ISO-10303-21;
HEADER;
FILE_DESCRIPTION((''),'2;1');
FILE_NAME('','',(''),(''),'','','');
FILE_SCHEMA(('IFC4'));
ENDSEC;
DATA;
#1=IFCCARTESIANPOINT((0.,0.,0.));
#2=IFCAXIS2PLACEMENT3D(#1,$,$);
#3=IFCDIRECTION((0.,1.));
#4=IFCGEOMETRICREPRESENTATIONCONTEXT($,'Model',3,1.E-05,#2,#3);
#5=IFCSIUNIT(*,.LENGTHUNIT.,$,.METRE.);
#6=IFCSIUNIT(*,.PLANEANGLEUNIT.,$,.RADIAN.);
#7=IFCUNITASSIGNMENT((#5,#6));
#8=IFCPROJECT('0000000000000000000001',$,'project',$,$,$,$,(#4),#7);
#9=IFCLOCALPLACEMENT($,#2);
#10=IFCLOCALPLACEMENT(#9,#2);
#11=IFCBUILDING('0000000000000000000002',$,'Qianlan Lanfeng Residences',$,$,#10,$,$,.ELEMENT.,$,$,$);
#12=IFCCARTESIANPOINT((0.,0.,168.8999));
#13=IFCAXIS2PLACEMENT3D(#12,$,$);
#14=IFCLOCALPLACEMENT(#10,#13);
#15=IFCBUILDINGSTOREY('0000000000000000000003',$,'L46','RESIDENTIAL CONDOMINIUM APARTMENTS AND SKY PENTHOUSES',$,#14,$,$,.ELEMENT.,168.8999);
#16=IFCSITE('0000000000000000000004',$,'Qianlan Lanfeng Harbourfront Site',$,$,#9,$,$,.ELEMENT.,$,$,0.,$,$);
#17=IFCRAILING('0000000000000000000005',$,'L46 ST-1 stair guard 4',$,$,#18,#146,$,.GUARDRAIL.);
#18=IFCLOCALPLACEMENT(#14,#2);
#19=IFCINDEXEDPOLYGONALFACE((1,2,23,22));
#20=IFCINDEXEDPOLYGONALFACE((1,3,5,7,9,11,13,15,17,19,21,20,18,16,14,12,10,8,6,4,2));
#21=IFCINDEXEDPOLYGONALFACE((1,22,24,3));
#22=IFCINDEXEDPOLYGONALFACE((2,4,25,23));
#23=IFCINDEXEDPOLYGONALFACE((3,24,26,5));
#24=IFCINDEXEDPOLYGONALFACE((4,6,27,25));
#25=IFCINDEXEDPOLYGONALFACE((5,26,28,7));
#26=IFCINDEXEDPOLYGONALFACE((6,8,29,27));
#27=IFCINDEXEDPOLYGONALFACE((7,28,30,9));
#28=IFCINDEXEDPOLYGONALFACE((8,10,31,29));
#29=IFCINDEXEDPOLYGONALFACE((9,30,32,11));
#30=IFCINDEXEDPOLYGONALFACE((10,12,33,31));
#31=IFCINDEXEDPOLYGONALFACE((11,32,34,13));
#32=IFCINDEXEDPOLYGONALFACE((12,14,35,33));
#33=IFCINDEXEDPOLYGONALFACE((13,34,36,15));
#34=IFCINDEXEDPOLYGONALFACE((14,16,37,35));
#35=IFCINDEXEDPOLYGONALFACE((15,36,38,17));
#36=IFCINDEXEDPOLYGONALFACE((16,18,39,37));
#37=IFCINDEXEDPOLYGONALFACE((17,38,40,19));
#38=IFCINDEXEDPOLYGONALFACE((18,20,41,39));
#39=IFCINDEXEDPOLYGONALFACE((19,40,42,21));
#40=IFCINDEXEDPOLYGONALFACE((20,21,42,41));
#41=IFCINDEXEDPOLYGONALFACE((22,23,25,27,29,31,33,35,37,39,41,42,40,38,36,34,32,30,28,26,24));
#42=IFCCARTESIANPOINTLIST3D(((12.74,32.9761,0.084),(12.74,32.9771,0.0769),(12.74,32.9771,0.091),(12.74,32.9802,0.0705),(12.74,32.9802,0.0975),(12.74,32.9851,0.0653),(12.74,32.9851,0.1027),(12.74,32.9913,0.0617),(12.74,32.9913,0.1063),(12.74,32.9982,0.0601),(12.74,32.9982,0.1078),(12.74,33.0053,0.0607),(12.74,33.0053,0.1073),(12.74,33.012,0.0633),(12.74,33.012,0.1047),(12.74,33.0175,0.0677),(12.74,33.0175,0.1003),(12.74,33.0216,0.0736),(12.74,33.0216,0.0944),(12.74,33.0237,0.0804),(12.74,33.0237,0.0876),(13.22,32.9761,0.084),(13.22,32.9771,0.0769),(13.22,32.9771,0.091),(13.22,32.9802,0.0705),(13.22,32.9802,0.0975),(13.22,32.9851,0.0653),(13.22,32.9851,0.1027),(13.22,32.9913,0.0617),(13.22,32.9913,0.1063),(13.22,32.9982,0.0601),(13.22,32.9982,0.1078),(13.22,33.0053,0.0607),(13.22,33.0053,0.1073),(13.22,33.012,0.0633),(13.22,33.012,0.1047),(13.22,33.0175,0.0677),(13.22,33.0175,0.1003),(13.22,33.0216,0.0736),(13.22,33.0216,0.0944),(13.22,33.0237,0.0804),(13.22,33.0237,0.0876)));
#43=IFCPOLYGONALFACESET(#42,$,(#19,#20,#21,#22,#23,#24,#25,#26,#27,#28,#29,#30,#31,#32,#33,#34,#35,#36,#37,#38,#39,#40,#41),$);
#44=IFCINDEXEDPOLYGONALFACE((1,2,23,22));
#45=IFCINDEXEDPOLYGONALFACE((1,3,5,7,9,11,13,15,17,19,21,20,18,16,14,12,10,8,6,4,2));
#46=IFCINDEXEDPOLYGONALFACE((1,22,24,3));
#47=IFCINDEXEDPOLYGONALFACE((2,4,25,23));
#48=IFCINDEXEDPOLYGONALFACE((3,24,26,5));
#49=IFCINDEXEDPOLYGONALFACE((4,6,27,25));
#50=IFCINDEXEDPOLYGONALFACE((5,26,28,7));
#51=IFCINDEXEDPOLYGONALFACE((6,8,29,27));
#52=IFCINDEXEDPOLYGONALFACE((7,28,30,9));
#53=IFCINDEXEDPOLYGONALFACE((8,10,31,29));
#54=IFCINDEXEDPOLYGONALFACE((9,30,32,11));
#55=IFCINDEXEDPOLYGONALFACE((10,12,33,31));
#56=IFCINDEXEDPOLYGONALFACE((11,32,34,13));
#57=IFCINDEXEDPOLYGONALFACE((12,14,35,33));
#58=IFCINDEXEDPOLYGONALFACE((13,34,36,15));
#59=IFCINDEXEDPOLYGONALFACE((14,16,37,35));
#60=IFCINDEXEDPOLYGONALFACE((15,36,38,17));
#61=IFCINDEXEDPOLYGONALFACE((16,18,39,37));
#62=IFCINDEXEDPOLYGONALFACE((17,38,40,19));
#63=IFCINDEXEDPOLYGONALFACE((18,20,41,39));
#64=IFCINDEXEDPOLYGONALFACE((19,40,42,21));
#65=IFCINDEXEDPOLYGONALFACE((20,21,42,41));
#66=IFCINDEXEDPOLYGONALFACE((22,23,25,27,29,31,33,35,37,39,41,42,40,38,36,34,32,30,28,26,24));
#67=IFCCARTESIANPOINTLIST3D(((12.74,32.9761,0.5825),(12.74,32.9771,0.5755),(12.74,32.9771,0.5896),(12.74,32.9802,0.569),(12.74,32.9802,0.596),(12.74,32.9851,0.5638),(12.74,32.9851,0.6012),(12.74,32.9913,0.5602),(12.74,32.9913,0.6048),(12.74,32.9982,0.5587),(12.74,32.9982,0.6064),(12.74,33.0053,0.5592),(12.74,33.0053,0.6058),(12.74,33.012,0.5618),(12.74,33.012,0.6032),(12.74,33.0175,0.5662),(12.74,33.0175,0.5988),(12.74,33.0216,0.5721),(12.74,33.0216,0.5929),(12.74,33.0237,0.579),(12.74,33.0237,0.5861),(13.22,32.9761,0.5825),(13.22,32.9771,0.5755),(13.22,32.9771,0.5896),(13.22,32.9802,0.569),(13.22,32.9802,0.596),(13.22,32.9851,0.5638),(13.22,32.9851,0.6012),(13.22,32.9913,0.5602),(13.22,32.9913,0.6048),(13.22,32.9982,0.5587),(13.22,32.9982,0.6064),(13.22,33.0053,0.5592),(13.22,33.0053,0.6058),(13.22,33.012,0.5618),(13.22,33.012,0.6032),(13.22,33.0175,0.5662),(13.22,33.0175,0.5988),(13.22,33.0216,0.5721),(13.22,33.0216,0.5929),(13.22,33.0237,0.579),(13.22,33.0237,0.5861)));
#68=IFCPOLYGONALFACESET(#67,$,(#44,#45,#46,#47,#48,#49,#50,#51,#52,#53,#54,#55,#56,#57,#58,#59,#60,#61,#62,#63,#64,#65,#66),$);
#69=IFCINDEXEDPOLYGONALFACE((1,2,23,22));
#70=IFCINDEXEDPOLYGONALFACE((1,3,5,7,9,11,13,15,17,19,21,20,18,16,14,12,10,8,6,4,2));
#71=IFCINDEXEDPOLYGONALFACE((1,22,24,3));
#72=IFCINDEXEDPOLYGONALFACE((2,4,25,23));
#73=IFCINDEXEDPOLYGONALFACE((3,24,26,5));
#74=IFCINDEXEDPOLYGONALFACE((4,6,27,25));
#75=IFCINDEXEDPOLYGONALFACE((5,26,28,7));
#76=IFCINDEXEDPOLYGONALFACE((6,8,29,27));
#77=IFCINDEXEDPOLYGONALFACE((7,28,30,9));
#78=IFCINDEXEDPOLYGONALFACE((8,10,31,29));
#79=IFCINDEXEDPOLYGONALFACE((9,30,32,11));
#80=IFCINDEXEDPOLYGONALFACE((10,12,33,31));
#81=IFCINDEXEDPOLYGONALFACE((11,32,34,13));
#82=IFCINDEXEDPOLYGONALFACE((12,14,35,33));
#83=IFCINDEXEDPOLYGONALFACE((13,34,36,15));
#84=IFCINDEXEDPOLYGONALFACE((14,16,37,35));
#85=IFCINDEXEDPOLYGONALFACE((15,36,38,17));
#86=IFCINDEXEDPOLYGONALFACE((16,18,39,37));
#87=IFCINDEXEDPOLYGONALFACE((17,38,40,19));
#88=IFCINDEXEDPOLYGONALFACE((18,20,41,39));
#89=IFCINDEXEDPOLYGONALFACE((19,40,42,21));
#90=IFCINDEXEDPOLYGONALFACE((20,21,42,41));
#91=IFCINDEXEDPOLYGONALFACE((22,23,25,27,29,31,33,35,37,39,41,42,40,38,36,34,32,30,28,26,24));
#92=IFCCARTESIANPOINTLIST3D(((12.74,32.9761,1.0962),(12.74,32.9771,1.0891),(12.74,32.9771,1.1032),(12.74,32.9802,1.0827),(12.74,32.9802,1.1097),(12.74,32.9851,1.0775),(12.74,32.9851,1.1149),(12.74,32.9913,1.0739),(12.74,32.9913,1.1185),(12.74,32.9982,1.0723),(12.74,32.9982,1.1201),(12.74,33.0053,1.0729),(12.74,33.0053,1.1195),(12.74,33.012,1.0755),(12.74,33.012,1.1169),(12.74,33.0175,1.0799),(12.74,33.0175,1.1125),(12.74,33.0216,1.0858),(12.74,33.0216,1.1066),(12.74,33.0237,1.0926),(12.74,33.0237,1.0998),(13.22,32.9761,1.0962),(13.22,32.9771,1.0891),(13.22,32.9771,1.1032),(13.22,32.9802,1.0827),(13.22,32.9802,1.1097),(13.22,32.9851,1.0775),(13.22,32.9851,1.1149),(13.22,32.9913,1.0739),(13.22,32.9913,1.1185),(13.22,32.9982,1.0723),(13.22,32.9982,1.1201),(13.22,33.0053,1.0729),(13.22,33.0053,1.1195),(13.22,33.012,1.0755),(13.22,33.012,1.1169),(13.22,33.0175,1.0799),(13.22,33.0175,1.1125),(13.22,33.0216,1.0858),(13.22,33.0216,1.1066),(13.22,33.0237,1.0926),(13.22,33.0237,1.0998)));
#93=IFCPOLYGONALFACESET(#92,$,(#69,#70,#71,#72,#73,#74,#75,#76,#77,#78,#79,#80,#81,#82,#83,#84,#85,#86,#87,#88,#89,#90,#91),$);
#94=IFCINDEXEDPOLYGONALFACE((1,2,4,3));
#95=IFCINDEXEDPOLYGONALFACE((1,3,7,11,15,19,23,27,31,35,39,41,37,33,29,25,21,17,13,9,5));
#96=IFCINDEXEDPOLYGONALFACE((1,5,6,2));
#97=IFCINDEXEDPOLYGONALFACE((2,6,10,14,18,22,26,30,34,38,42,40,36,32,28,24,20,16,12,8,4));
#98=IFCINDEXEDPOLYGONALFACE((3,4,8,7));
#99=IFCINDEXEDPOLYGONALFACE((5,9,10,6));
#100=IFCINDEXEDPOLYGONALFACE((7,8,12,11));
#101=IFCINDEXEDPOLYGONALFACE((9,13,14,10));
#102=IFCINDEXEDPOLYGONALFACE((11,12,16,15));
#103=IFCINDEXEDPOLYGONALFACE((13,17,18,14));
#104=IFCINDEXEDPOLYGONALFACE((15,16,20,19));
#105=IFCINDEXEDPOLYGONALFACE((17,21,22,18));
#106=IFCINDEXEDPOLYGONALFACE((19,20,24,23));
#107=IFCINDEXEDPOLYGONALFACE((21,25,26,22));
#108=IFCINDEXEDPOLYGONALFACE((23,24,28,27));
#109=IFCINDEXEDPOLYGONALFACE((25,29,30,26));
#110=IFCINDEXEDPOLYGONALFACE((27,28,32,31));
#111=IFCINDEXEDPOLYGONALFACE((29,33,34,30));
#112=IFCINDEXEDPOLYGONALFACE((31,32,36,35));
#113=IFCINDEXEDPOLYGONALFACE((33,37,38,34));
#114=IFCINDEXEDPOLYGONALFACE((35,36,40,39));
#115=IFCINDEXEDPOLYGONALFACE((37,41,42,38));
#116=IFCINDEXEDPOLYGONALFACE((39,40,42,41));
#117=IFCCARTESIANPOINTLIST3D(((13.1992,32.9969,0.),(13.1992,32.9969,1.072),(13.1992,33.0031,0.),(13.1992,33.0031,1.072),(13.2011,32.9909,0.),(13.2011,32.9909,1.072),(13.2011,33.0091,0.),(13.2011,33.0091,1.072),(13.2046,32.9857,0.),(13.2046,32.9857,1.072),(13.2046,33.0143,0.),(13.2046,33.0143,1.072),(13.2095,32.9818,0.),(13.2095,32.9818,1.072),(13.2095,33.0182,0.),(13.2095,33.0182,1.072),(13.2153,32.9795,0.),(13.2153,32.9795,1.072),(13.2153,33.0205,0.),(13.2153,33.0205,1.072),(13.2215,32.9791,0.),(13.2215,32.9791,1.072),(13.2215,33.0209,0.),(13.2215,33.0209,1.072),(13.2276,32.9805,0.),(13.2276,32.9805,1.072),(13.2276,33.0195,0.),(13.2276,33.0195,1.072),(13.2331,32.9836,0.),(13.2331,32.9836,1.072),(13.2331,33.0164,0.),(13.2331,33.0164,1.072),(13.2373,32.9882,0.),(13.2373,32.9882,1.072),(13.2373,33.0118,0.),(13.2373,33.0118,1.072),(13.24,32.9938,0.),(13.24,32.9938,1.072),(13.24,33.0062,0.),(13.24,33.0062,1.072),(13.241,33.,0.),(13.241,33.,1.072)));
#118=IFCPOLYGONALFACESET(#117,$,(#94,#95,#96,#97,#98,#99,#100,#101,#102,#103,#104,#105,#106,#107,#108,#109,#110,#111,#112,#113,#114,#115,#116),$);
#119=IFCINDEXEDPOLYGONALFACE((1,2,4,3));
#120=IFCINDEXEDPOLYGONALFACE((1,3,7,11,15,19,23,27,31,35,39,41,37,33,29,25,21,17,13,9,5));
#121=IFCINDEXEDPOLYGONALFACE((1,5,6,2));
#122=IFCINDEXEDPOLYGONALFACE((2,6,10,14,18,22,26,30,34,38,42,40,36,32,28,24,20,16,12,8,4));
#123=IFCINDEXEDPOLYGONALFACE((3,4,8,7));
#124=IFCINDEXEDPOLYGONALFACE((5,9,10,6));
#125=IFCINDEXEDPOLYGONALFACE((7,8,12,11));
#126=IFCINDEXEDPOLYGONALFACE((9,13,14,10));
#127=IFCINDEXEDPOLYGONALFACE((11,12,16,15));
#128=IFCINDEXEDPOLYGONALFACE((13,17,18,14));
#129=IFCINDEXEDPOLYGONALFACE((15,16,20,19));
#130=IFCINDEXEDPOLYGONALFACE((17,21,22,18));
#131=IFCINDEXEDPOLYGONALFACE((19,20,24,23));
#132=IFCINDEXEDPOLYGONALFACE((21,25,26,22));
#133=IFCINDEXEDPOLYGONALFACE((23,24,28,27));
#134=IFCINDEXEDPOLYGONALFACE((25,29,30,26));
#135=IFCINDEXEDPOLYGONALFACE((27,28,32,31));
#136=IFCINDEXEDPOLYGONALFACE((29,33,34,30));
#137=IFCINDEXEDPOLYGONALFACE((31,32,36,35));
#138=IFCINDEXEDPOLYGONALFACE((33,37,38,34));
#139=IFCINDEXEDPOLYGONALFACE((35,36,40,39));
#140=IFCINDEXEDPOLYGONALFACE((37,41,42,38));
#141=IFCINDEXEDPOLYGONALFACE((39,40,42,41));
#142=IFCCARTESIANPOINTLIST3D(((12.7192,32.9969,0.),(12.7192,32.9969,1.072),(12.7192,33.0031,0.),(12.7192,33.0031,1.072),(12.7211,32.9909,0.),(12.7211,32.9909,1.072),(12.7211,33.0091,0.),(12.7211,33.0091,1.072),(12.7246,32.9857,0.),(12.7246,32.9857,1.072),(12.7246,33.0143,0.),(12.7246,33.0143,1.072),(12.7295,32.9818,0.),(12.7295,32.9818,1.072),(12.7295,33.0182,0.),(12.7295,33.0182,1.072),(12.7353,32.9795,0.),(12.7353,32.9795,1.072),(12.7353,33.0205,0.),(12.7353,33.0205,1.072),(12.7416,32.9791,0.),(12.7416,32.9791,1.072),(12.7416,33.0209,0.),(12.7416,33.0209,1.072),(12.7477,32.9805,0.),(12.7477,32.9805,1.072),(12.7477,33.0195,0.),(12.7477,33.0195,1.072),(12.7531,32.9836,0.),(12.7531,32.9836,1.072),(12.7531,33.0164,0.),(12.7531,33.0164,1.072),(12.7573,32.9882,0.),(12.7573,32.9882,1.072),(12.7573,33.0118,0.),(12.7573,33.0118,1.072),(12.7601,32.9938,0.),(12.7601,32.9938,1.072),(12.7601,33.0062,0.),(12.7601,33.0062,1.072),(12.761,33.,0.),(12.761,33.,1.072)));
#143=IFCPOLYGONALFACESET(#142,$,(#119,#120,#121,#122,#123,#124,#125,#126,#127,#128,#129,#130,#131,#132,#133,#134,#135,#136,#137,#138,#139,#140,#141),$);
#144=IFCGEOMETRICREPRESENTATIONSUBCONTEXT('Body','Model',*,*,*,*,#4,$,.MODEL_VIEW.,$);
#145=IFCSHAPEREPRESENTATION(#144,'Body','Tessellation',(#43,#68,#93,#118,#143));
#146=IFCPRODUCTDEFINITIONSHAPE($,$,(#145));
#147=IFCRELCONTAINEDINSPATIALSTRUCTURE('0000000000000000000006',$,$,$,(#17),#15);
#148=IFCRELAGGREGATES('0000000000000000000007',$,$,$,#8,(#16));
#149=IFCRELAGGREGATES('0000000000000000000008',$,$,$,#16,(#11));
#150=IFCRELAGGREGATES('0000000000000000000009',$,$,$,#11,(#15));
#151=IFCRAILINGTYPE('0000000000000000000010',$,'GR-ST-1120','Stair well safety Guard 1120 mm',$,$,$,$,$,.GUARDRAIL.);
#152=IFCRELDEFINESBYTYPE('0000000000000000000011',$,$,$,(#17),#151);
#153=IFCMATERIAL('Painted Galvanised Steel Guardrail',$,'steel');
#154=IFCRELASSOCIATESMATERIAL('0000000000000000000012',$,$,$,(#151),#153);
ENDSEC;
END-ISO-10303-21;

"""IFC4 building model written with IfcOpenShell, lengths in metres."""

from ifc_helpers import new_model, si_unit, direction, frame, origin, origin_2d, place, context, subcontext, project, spatial, circle, extrude, material, type_object, element, save


model = new_model("IFC4")

# Units and contexts
model_context = context("Model", 3, precision=1e-05, world=origin(), true_north=direction((0.0, 1.0)))
body_context = subcontext(model_context, "Body", "Model", "MODEL_VIEW")
ifc_project = project(units=[si_unit("LENGTHUNIT", "METRE"), si_unit("PLANEANGLEUNIT", "RADIAN")], contexts=[model_context])

# Site, building, storey
site_placement = place(None, origin())
site = spatial("IfcSite", under=ifc_project, at=site_placement, Name="Qianlan Lanfeng Harbourfront Site", CompositionType="ELEMENT", RefElevation=0.0)
building_placement = place(site_placement, origin())
building = spatial("IfcBuilding", under=site, at=building_placement, Name="Qianlan Lanfeng Residences", CompositionType="ELEMENT")
storey_placement = place(building_placement, frame((0.0, 0.0, 168.8999)))
storey = spatial("IfcBuildingStorey", under=building, at=storey_placement, Name="L46", Description="RESIDENTIAL CONDOMINIUM APARTMENTS AND SKY PENTHOUSES", CompositionType="ELEMENT", Elevation=168.8999)

# Railing
ifc_material_1 = material(Name="Painted Galvanised Steel Guardrail", Category="steel")
railing_type_1 = type_object("IfcRailingType", Name="GR-ST-1120", Description="Stair well safety Guard 1120 mm", PredefinedType="GUARDRAIL", material=ifc_material_1)
railing_1_placement = place(storey_placement, frame((13.22, 33.0, 0.0)))
element("IfcRailing", 1, at=railing_1_placement, inside=storey, type_object=railing_type_1, Name="L46 ST-1 stair guard 4", PredefinedType="GUARDRAIL", context=body_context, shape_type="SweptSolid", body=[
    extrude(circle(Radius=0.0239, at=origin_2d()), frame((0.0, 0.0, 0.084), z_axis=(-1.0, 0.0, 0.0), x_axis=(0.0, -1.0, 0.0)), (0.0, 0.0, 1.0), 0.48),
    extrude(circle(Radius=0.0239, at=origin_2d()), frame((0.0, 0.0, 0.5825), z_axis=(-1.0, 0.0, 0.0), x_axis=(0.0, -1.0, 0.0)), (0.0, 0.0, 1.0), 0.48),
    extrude(circle(Radius=0.0239, at=origin_2d()), frame((0.0, 0.0, 1.0962), z_axis=(-1.0, 0.0, 0.0), x_axis=(0.0, -1.0, 0.0)), (0.0, 0.0, 1.0), 0.48),
    extrude(circle(Radius=0.021, at=origin_2d()), origin(), (0.0, 0.0, 1.0), 1.072),
    extrude(circle(Radius=0.021, at=origin_2d()), frame((-0.48, 0.0, 0.0)), (0.0, 0.0, 1.0), 1.072),
])

save(model, "model.ifc")
